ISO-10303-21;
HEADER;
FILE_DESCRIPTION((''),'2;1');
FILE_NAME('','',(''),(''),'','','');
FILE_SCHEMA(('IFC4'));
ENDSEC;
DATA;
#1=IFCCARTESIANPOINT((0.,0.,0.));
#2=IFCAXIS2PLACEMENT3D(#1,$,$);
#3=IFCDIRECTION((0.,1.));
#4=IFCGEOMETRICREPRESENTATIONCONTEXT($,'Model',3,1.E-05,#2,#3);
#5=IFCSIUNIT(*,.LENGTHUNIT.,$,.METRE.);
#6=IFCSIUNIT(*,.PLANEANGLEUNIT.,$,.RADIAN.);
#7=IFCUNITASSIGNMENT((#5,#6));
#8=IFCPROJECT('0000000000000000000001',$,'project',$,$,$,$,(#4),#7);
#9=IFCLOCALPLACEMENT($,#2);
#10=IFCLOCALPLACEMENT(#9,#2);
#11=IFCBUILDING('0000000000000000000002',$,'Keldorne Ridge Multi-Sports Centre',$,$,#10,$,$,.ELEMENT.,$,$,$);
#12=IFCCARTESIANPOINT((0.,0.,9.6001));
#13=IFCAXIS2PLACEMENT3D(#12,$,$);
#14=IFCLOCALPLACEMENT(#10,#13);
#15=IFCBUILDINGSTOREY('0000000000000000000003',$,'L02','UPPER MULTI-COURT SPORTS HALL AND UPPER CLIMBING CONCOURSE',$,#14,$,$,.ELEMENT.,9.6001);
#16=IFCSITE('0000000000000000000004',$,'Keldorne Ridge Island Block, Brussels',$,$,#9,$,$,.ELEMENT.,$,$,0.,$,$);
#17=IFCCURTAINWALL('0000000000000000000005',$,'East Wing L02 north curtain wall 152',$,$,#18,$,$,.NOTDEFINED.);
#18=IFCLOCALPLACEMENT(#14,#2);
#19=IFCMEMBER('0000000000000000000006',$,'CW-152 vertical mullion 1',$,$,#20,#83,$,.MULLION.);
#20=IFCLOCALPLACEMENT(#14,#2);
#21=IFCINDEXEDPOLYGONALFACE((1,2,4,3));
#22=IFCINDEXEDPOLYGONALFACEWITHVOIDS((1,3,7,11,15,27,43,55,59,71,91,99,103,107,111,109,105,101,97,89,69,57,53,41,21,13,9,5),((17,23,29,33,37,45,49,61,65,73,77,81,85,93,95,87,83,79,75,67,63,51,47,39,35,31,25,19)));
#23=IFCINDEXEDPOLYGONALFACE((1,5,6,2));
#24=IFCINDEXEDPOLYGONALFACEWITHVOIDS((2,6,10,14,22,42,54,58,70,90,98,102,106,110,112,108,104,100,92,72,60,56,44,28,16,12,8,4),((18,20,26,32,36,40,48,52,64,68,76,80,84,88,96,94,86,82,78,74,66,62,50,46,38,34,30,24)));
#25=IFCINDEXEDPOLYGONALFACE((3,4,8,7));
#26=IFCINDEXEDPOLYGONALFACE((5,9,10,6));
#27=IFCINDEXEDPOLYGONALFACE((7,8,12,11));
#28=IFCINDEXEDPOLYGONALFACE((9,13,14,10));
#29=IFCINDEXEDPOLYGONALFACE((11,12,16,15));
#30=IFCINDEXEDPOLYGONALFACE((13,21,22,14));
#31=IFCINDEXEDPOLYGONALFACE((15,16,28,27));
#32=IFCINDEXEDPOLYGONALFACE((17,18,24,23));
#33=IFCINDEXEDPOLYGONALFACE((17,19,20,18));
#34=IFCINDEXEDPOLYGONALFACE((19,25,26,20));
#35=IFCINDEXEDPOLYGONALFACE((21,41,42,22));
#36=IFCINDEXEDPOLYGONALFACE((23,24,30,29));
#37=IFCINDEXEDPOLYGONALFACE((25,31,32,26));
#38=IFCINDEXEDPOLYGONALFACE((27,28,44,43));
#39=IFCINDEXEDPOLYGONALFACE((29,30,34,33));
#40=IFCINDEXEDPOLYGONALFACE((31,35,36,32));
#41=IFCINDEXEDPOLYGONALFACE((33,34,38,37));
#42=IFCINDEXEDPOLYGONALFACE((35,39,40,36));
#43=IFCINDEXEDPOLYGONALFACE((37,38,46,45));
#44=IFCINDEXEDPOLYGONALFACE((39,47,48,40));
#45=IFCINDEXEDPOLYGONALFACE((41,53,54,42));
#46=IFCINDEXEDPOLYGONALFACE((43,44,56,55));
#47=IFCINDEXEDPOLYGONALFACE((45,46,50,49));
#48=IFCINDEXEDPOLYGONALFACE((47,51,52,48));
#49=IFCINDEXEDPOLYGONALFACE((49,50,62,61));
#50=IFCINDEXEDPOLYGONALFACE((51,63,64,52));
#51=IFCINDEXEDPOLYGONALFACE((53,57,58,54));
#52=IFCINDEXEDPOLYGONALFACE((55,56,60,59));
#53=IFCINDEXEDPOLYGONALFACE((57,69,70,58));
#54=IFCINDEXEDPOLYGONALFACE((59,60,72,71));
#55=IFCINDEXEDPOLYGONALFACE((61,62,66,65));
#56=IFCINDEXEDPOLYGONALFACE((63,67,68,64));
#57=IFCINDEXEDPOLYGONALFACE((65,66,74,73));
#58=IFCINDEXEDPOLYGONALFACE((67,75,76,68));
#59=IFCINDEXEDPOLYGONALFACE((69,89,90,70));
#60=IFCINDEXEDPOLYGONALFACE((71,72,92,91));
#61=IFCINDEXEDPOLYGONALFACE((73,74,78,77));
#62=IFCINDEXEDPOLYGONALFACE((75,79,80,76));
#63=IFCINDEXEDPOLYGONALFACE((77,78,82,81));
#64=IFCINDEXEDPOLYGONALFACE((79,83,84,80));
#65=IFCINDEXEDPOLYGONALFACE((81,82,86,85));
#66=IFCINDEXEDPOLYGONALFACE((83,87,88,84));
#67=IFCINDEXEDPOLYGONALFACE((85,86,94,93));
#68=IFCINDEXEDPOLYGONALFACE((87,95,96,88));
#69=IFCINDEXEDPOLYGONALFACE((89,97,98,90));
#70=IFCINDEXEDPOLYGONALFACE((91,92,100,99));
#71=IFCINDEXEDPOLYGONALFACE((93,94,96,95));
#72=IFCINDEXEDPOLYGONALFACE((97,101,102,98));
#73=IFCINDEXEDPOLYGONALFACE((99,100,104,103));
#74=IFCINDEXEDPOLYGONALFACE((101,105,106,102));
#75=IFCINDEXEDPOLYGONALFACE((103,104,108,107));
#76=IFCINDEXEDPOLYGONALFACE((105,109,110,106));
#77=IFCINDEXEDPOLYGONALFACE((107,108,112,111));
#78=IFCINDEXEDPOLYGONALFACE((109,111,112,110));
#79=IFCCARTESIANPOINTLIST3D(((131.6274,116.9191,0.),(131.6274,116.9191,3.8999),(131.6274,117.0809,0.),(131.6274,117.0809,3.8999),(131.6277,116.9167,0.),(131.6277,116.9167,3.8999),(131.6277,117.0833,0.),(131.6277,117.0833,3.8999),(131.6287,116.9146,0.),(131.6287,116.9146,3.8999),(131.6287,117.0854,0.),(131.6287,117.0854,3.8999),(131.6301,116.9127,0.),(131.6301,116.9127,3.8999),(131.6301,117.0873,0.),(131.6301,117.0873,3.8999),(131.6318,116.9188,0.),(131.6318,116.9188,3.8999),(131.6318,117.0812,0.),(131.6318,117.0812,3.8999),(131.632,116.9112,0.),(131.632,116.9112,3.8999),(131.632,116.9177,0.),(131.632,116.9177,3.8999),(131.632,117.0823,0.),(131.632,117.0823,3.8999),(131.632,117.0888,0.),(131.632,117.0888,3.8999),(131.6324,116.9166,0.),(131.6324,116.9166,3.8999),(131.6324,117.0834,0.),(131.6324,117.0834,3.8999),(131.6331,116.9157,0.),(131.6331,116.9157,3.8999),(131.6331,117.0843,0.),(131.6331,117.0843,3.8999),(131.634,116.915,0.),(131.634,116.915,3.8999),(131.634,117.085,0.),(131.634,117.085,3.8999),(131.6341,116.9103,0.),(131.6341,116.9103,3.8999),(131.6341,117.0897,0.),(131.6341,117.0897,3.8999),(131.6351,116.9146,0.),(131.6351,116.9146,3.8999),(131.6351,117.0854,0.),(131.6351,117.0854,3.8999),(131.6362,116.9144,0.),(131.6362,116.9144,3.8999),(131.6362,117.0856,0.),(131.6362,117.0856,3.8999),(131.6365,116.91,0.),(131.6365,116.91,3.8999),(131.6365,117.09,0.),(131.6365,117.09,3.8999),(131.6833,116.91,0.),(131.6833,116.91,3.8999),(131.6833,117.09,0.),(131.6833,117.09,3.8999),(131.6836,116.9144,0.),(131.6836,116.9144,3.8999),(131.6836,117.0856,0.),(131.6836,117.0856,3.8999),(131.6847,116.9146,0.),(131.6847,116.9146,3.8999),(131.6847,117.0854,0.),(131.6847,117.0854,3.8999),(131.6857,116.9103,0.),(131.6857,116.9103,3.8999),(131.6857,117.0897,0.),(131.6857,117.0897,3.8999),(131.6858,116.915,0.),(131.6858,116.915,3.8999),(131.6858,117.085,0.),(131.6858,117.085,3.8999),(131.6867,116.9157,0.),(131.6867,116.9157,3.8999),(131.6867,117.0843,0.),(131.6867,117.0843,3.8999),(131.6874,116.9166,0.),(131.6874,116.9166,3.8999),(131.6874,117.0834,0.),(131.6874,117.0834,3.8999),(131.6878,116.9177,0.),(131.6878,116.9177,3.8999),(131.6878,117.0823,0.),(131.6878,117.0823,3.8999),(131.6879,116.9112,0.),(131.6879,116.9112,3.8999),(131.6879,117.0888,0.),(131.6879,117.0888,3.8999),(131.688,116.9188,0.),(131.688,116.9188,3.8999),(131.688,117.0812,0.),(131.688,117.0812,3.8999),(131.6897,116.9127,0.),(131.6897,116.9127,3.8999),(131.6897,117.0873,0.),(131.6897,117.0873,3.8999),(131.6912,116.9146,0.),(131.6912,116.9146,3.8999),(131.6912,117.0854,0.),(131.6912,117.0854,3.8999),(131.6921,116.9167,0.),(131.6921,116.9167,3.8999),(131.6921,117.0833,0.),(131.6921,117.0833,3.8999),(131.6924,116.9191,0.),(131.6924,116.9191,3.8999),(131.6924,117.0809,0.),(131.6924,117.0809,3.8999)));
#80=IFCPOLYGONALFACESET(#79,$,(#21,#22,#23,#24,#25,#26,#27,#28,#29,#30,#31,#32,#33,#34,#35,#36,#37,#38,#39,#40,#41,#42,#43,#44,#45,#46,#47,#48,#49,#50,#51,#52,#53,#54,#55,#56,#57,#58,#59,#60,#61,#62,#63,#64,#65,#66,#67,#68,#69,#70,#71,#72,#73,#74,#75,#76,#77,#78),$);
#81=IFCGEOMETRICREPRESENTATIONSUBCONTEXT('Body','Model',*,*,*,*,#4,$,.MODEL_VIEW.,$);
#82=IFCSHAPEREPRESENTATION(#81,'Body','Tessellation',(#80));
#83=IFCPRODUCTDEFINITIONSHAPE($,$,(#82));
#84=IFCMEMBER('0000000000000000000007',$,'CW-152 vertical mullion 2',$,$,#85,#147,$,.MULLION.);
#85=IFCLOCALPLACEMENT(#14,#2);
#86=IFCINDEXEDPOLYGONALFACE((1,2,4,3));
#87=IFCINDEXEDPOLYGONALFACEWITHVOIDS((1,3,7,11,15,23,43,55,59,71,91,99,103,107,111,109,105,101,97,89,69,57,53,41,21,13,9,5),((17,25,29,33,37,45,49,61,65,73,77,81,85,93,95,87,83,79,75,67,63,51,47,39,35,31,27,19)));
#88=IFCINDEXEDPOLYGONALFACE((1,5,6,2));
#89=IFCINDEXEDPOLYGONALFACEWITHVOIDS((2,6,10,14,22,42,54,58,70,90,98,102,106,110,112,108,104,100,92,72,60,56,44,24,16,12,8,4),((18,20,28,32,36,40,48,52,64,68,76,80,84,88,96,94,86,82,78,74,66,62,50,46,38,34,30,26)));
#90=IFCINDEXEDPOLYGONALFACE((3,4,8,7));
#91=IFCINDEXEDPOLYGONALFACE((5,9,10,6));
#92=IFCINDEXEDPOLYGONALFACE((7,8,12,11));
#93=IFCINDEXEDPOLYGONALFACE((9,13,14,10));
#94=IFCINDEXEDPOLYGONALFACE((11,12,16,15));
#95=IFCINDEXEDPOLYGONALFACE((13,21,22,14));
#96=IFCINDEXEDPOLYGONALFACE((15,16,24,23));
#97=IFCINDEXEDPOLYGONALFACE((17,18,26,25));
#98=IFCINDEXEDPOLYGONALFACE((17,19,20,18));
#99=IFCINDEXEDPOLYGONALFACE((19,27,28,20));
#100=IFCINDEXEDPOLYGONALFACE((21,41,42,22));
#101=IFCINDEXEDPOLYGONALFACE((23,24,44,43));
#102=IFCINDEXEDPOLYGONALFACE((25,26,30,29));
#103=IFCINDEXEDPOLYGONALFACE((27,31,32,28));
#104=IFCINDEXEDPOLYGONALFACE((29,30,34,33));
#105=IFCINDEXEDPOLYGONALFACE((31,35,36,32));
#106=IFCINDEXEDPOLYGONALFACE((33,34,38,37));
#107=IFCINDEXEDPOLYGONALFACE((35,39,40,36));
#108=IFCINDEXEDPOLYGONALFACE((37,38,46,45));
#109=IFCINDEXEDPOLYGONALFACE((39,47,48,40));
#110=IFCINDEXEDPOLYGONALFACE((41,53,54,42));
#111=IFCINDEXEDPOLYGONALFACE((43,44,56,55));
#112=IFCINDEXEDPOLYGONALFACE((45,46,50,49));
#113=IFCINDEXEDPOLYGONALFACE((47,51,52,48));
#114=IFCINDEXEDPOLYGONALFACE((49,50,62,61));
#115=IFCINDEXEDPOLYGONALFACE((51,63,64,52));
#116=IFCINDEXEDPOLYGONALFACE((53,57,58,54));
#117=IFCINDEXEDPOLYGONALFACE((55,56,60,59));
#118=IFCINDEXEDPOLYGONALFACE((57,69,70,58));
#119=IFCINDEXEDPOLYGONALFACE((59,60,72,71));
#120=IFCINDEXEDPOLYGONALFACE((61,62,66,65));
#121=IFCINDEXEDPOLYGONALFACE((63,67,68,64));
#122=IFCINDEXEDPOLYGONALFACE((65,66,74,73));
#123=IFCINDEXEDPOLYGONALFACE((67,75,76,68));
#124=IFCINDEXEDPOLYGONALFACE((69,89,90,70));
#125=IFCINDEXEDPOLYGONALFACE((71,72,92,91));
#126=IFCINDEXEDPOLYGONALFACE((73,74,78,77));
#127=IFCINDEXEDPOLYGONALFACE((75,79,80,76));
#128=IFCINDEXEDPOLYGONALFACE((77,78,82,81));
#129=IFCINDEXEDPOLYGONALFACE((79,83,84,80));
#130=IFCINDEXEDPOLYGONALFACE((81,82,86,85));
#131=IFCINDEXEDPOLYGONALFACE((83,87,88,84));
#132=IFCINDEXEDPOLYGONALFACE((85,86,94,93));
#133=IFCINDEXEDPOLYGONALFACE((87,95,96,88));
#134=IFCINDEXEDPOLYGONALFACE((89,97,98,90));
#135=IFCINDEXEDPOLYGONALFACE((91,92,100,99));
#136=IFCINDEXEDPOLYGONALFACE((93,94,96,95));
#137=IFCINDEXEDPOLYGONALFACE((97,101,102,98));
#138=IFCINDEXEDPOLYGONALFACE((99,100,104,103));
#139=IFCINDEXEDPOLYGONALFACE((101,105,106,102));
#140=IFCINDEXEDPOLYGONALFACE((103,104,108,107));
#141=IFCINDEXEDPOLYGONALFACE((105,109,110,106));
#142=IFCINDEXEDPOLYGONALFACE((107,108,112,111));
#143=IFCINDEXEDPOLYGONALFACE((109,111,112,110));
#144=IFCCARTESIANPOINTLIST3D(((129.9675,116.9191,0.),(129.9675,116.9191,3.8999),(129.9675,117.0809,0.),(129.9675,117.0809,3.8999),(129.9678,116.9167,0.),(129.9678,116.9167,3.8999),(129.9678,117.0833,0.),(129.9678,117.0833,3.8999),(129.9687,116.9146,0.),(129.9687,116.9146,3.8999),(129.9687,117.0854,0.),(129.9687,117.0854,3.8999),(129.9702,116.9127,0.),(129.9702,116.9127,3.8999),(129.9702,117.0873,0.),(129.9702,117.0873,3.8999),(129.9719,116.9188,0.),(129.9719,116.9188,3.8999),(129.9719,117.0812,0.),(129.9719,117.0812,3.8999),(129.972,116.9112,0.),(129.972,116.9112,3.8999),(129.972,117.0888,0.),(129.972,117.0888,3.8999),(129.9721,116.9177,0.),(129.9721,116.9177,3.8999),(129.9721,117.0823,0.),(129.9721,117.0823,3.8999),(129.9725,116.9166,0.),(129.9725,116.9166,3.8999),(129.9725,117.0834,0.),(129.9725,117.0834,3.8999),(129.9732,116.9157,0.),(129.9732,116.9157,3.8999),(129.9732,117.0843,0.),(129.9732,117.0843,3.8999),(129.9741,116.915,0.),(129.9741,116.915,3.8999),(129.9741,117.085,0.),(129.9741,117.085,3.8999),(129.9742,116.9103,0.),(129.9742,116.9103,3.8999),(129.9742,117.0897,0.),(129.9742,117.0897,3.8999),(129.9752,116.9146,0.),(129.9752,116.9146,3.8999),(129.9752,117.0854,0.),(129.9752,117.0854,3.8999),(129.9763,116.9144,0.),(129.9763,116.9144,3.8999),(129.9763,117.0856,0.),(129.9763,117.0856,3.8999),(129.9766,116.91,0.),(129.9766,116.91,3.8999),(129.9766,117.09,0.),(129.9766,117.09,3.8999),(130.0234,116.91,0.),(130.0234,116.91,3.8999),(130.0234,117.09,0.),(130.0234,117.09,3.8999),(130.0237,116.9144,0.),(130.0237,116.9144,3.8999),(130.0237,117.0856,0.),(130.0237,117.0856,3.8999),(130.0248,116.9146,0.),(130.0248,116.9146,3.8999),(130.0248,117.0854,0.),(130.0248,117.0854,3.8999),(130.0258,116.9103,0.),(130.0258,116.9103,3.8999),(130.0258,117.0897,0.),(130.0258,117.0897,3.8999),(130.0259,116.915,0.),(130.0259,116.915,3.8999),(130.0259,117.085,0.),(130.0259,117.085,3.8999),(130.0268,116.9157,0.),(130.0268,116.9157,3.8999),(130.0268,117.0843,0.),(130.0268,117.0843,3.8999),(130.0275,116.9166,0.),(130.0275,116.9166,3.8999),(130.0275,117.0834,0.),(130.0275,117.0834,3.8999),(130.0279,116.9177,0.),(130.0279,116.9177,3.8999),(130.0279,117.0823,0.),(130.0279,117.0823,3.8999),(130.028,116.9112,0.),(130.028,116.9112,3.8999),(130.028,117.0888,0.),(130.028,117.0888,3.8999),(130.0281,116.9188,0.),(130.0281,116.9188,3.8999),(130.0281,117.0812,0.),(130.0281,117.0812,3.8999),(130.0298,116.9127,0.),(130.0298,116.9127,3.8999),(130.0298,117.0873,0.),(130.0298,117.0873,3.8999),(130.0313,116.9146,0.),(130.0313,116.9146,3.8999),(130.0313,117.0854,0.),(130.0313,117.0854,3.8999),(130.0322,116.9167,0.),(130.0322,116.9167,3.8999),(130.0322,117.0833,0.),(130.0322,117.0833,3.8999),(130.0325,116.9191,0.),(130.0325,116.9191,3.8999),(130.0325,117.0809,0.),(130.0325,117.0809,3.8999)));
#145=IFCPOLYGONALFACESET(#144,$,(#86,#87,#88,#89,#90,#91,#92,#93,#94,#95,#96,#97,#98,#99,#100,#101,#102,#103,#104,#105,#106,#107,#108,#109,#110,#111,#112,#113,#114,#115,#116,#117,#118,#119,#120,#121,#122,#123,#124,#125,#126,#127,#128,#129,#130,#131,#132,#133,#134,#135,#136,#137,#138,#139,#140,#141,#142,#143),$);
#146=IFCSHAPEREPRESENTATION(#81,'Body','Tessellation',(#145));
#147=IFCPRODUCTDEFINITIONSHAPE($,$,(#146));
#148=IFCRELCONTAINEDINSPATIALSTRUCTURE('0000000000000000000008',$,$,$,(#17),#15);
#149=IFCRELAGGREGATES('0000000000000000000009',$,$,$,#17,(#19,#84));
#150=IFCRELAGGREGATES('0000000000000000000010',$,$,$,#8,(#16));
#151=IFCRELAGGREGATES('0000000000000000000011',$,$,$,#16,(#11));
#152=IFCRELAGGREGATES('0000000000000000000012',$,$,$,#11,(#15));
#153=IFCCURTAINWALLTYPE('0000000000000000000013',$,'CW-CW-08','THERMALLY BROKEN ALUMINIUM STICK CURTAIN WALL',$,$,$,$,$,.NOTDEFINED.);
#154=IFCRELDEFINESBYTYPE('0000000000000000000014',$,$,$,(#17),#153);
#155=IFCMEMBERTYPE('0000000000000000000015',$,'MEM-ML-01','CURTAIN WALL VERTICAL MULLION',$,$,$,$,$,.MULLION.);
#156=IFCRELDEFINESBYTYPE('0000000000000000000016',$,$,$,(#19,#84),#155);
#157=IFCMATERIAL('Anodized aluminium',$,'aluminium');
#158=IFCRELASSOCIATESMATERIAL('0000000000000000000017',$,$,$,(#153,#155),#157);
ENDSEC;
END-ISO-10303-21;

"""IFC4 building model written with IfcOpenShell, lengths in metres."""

from ifc_helpers import new_model, si_unit, direction, frame, origin, origin_2d, place, context, subcontext, project, spatial, hollow_rectangle, extrude, material, material_profile, profile_set, type_object, element, aggregate, save


model = new_model("IFC4")

# Units and contexts
model_context = context("Model", 3, precision=1e-05, world=origin(), true_north=direction((0.0, 1.0)))
body_context = subcontext(model_context, "Body", "Model", "MODEL_VIEW")
ifc_project = project(units=[si_unit("LENGTHUNIT", "METRE"), si_unit("PLANEANGLEUNIT", "RADIAN")], contexts=[model_context])

# Site, building, storey
site_placement = place(None, origin())
site = spatial("IfcSite", under=ifc_project, at=site_placement, Name="Keldorne Ridge Island Block, Brussels", CompositionType="ELEMENT", RefElevation=0.0)
building_placement = place(site_placement, origin())
building = spatial("IfcBuilding", under=site, at=building_placement, Name="Keldorne Ridge Multi-Sports Centre", CompositionType="ELEMENT")
storey_placement = place(building_placement, frame((0.0, 0.0, 9.6001)))
storey = spatial("IfcBuildingStorey", under=building, at=storey_placement, Name="L02", Description="UPPER MULTI-COURT SPORTS HALL AND UPPER CLIMBING CONCOURSE", CompositionType="ELEMENT", Elevation=9.6001)

# Curtain wall, members
ifc_material_1 = material(Name="Anodized aluminium", Category="aluminium")
curtain_wall_type = type_object("IfcCurtainWallType", Name="CW-CW-08", Description="THERMALLY BROKEN ALUMINIUM STICK CURTAIN WALL", PredefinedType="NOTDEFINED", material=ifc_material_1)
curtain_wall_placement = place(storey_placement, origin())
curtain_wall = element("IfcCurtainWall", 1, at=curtain_wall_placement, inside=storey, type_object=curtain_wall_type, Name="East Wing L02 north curtain wall 152", PredefinedType="NOTDEFINED")
ifc_material_profile_1 = material_profile(ifc_material_1, hollow_rectangle(XDim=0.0649, YDim=0.1799, WallThickness=0.0044, InnerFilletRadius=0.0044, OuterFilletRadius=0.009, at=origin_2d()), Name="ALU MULLION 180x65x4.5")
ifc_profile_set_1 = profile_set([ifc_material_profile_1], Name="Anodized aluminium")
member_type_1 = type_object("IfcMemberType", Name="MEM-ML-01", Description="CURTAIN WALL VERTICAL MULLION", PredefinedType="MULLION", material=ifc_profile_set_1)
member_1_placement = place(storey_placement, frame((131.6599, 117.0, 0.0), z_axis=(0.0, 0.0, 1.0), x_axis=(1.0, 0.0, 0.0)))
member_1 = element("IfcMember", 2, at=member_1_placement, type_object=member_type_1, Name="CW-152 vertical mullion 1", PredefinedType="MULLION", context=body_context, shape_type="SweptSolid", body=[
    extrude(hollow_rectangle(XDim=0.0649, YDim=0.1799, WallThickness=0.0044, InnerFilletRadius=0.0044, OuterFilletRadius=0.009, at=origin_2d()), origin(), (0.0, 0.0, 1.0), 3.8999),
])
member_2_placement = place(storey_placement, frame((130.0, 117.0, 0.0), z_axis=(0.0, 0.0, 1.0), x_axis=(1.0, 0.0, 0.0)))
member_2 = element("IfcMember", 3, at=member_2_placement, type_object=member_type_1, Name="CW-152 vertical mullion 2", PredefinedType="MULLION", context=body_context, shape_type="SweptSolid", body=[
    extrude(hollow_rectangle(XDim=0.0649, YDim=0.1799, WallThickness=0.0044, InnerFilletRadius=0.0044, OuterFilletRadius=0.009, at=origin_2d()), origin(), (0.0, 0.0, 1.0), 3.8999),
])
aggregate(curtain_wall, [member_1, member_2])

save(model, "model.ifc")
